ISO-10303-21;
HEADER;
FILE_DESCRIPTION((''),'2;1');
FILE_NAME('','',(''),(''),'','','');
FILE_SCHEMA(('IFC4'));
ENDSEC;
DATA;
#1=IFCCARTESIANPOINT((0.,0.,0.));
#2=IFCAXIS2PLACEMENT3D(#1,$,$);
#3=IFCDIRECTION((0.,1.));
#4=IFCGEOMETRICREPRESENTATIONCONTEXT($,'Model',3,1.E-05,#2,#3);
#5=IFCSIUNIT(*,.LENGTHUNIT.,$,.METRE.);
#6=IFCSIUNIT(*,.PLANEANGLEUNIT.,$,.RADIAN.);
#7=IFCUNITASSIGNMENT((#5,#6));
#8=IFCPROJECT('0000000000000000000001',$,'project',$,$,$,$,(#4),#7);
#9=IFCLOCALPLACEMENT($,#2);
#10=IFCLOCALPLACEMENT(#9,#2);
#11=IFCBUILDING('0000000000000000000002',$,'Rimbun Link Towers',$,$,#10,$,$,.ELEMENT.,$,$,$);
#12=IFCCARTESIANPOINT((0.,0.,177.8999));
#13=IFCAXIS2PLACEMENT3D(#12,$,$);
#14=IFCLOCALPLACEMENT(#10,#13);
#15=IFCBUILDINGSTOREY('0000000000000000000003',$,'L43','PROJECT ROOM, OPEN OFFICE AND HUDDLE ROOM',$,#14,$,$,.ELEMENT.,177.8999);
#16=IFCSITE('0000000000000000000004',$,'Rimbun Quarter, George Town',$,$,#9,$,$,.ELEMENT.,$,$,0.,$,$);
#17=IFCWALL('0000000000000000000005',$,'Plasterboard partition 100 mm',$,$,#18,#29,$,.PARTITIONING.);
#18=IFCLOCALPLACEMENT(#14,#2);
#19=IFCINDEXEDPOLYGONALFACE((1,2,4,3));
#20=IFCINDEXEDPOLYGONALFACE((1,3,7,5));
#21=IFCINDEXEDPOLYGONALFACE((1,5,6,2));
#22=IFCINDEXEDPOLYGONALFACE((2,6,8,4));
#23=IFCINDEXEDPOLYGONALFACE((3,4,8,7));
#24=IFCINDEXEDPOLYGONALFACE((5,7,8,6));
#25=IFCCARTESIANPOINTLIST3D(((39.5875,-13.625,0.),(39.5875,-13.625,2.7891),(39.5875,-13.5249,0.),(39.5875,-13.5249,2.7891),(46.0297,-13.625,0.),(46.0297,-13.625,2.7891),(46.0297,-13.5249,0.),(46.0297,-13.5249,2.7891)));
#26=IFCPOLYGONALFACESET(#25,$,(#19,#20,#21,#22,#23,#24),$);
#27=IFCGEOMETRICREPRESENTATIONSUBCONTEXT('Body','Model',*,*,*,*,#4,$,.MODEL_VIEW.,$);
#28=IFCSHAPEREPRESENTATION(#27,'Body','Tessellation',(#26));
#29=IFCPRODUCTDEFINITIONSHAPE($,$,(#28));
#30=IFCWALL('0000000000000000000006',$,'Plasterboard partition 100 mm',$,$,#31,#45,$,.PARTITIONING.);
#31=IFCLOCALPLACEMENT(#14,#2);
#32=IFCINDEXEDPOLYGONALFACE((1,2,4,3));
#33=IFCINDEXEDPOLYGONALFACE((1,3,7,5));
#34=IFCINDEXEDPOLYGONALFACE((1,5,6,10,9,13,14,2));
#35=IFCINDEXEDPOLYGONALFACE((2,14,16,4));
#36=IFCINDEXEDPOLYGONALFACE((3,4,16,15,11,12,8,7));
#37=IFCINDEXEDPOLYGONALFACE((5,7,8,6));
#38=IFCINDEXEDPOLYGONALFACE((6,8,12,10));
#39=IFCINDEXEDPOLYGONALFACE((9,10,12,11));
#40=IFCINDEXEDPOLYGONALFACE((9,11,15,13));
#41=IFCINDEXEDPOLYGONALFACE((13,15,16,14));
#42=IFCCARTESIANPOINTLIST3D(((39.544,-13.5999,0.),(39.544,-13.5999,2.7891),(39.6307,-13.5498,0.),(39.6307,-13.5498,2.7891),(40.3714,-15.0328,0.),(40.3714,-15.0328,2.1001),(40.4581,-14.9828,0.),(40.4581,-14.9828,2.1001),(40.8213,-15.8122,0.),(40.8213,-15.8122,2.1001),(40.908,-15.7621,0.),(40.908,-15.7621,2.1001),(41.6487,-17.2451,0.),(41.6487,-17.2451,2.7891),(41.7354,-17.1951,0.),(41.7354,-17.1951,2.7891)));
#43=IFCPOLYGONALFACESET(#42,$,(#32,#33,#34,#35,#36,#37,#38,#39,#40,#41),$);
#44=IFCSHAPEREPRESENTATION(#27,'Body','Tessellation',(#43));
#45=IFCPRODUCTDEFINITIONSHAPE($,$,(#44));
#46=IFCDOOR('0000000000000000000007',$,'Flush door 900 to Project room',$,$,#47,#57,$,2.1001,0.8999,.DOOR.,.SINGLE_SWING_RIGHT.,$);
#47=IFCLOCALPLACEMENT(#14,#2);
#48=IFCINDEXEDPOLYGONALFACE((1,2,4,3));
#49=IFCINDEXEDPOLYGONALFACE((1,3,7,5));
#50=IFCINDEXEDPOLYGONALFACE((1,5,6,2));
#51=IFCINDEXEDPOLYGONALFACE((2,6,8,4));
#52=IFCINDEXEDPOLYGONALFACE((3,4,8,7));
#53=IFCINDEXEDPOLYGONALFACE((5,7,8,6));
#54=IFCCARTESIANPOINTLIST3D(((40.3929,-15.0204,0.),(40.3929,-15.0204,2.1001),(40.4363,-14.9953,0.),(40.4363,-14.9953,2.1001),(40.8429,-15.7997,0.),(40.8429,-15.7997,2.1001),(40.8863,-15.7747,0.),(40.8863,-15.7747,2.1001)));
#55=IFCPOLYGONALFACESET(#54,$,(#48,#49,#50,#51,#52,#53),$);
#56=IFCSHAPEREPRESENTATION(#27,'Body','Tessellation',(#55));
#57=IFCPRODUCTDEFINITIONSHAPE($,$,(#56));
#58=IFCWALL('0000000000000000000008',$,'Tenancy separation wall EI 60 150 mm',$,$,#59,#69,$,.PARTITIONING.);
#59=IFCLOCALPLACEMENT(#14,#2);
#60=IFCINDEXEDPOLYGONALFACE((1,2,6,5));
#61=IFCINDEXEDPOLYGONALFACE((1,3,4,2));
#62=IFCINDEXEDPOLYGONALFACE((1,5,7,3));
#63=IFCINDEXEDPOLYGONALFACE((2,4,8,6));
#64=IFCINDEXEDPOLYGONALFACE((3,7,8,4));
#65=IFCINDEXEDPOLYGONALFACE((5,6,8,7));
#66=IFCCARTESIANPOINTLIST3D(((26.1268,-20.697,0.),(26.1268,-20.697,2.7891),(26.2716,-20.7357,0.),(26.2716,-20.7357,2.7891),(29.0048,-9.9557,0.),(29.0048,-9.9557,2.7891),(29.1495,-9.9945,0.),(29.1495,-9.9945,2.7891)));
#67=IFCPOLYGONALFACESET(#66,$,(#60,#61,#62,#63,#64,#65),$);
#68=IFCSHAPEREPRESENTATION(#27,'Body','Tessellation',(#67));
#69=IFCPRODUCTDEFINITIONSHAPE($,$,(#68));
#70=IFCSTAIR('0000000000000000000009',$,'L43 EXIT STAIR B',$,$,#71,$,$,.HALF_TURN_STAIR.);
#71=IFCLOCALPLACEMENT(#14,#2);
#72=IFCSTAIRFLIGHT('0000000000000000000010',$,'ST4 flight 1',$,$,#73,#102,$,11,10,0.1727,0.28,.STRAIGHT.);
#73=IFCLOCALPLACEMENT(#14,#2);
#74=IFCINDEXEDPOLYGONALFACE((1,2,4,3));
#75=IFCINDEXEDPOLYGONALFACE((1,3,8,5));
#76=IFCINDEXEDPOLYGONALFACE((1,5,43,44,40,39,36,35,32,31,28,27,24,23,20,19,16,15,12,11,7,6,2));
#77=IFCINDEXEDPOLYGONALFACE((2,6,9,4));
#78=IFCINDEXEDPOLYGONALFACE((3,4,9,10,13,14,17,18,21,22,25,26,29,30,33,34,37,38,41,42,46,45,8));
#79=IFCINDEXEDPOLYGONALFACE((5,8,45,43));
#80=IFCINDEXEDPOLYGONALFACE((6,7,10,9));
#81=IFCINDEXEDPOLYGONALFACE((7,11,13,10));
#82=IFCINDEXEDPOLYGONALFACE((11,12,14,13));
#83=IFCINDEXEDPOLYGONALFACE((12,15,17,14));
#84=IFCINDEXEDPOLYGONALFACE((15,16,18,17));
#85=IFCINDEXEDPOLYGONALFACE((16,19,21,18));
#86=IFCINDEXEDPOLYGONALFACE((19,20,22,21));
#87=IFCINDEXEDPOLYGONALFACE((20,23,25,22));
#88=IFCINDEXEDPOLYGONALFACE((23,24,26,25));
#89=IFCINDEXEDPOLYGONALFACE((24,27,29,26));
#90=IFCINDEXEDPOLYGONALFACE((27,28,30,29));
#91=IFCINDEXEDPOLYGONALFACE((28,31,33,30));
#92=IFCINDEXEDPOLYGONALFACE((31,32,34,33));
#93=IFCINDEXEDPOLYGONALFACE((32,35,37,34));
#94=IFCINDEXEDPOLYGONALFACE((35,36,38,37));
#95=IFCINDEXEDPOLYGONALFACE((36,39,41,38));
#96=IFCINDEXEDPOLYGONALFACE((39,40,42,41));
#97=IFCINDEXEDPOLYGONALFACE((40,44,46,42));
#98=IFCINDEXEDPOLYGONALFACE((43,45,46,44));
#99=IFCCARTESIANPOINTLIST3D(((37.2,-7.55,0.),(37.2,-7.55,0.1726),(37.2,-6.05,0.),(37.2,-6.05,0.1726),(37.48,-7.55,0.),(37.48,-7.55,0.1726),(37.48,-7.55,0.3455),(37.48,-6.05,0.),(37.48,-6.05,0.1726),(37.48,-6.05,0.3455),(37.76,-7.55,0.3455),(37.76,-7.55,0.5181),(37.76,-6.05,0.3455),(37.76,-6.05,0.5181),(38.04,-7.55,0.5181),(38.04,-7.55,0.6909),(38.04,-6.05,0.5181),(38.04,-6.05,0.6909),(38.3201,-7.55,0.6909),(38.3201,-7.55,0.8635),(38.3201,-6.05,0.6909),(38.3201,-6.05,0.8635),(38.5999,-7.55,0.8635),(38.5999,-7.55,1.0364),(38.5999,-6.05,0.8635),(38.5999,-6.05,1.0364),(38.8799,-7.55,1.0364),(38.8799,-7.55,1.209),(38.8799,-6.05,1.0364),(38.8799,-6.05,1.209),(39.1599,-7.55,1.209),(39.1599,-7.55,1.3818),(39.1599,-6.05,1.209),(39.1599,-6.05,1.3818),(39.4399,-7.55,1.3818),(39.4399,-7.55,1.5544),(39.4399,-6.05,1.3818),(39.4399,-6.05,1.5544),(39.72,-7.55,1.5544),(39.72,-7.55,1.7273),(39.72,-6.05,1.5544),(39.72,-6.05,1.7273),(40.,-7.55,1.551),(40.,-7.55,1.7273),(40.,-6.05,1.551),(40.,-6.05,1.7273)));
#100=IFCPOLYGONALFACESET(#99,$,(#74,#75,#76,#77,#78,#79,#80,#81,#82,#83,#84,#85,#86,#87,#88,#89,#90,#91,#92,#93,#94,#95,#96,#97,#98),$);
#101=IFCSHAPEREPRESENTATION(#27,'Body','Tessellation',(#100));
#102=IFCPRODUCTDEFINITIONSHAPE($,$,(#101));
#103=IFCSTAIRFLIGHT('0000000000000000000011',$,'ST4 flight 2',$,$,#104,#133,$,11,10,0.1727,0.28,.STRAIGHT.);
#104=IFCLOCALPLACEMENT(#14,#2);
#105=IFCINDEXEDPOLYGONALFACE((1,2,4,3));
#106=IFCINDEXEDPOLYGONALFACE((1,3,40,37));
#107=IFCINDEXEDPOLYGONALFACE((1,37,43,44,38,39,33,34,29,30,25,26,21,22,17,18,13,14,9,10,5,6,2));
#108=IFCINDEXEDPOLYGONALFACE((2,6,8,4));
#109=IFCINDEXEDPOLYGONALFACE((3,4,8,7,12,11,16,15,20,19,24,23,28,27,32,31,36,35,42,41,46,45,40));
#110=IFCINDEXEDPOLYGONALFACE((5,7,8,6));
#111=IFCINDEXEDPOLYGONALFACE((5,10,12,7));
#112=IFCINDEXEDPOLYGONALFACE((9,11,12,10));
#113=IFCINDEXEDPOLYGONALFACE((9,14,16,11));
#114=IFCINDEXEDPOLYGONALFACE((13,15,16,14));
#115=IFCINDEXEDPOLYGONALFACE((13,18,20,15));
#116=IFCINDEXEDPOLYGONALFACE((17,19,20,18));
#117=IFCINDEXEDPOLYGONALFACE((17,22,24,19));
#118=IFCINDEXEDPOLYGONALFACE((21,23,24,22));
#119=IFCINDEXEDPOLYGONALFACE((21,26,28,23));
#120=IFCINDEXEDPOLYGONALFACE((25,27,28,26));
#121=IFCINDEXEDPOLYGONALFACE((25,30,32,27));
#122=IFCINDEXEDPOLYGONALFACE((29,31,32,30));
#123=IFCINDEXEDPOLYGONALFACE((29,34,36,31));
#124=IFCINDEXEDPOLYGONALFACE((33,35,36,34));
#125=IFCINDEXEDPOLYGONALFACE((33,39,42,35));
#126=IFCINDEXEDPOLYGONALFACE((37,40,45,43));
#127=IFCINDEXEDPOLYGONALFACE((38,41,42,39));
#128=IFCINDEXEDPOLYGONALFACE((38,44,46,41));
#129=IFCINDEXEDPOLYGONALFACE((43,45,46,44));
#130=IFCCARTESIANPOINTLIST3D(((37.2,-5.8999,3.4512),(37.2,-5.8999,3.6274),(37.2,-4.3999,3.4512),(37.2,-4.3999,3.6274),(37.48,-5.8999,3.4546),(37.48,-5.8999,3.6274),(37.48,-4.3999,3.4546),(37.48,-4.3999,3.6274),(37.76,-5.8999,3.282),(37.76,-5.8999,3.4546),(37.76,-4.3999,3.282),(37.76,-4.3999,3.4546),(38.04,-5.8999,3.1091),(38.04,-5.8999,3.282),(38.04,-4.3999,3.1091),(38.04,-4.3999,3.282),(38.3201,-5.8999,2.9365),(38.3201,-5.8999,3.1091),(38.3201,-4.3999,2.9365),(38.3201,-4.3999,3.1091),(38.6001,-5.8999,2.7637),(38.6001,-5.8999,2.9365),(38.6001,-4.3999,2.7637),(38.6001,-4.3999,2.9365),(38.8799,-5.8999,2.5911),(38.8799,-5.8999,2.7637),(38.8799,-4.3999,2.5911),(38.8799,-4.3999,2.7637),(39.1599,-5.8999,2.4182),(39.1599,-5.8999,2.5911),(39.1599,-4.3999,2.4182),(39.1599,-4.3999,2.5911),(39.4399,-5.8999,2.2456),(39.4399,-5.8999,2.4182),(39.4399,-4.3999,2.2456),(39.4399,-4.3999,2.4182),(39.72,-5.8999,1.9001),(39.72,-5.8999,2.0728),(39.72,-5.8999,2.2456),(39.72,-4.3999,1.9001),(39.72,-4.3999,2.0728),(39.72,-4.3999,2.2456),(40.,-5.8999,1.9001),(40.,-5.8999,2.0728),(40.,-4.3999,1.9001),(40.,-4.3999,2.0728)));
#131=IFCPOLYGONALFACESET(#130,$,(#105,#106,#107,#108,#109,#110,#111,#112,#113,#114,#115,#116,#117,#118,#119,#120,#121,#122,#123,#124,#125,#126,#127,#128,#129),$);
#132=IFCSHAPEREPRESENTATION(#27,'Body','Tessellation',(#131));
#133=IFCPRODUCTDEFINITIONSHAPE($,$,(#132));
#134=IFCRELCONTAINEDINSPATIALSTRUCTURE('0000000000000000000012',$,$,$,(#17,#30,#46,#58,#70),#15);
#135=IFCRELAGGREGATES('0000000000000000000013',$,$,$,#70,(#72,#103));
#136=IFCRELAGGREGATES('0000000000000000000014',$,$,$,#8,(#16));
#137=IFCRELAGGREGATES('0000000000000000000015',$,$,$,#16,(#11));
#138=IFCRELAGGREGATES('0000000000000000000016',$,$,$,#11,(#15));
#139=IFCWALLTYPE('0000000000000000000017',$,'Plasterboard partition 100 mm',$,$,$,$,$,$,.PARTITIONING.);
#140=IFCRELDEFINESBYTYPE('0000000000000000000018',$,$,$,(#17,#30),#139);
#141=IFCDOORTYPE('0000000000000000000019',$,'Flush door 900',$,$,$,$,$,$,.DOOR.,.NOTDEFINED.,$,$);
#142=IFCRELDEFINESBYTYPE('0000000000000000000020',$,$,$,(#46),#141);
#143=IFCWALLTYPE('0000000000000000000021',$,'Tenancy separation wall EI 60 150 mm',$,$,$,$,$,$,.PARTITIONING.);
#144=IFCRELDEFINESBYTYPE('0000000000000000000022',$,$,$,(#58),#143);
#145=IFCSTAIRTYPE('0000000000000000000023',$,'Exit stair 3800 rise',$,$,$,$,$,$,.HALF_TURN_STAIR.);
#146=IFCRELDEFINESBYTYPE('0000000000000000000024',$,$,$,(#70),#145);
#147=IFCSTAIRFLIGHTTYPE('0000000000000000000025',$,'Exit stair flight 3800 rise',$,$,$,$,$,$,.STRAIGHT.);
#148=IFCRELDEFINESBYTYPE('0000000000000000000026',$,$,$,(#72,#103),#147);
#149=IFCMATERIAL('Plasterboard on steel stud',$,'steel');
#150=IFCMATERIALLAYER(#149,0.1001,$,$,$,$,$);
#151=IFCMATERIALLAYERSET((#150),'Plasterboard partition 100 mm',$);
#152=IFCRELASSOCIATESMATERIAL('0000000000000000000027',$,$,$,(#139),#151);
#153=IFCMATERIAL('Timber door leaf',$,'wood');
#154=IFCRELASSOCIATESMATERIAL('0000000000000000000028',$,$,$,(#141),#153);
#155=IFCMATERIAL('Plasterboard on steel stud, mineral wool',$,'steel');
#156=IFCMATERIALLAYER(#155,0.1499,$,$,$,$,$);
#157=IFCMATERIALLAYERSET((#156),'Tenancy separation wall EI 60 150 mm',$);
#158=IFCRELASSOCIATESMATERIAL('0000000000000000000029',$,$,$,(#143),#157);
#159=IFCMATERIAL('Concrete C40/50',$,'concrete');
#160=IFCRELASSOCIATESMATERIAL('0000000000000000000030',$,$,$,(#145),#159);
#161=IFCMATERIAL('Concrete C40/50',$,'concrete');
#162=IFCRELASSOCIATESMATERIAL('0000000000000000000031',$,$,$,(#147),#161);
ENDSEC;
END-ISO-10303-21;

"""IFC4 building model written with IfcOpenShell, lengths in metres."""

from ifc_helpers import new_model, si_unit, direction, frame, frame_2d, origin, place, context, subcontext, project, spatial, polyline, rectangle, outline, extrude, material, layer, layer_set, type_object, element, fill, aggregate, save


model = new_model("IFC4")

# Units and contexts
model_context = context("Model", 3, precision=1e-05, world=origin(), true_north=direction((0.0, 1.0)))
body_context = subcontext(model_context, "Body", "Model", "MODEL_VIEW")
ifc_project = project(units=[si_unit("LENGTHUNIT", "METRE"), si_unit("PLANEANGLEUNIT", "RADIAN")], contexts=[model_context])

# Site, building, storey
site_placement = place(None, origin())
site = spatial("IfcSite", under=ifc_project, at=site_placement, Name="Rimbun Quarter, George Town", CompositionType="ELEMENT", RefElevation=0.0)
building_placement = place(site_placement, origin())
building = spatial("IfcBuilding", under=site, at=building_placement, Name="Rimbun Link Towers", CompositionType="ELEMENT")
storey_placement = place(building_placement, frame((0.0, 0.0, 177.8999)))
storey = spatial("IfcBuildingStorey", under=building, at=storey_placement, Name="L43", Description="PROJECT ROOM, OPEN OFFICE AND HUDDLE ROOM", CompositionType="ELEMENT", Elevation=177.8999)

# Shared definitions
ifc_material_1 = material(Name="Plasterboard on steel stud", Category="steel")
ifc_layer_1 = layer(ifc_material_1, 0.1001)
ifc_layer_set_1 = layer_set([ifc_layer_1], Name="Plasterboard partition 100 mm")
wall_type_1 = type_object("IfcWallType", Name="Plasterboard partition 100 mm", PredefinedType="PARTITIONING", material=ifc_layer_set_1)
ifc_material_2 = material(Name="Timber door leaf", Category="wood")
door_type_1 = type_object("IfcDoorType", Name="Flush door 900", OperationType="NOTDEFINED", PredefinedType="DOOR", material=ifc_material_2)

# Wall
wall_1_placement = place(storey_placement, frame((39.5874, -13.575, 0.0), z_axis=(0.0, 0.0, 1.0), x_axis=(1.0, 0.0, 0.0)))
element("IfcWall", 1, at=wall_1_placement, inside=storey, type_object=wall_type_1, Name="Plasterboard partition 100 mm", PredefinedType="PARTITIONING", context=body_context, shape_type="SweptSolid", body=[
    extrude(rectangle(XDim=6.4421, YDim=0.1001, at=frame_2d((3.2212, 0.0))), origin(), (0.0, 0.0, 1.0), 2.7891),
])

# Wall, opening, door
wall_2_placement = place(storey_placement, frame((39.5874, -13.575, 0.0), z_axis=(0.0, 0.0, 1.0), x_axis=(0.500025, -0.866011, 0.0)))
wall_2 = element("IfcWall", 2, at=wall_2_placement, inside=storey, type_object=wall_type_1, Name="Plasterboard partition 100 mm", PredefinedType="PARTITIONING", context=body_context, shape_type="SweptSolid", body=[
    extrude(rectangle(XDim=4.2092, YDim=0.1001, at=frame_2d((2.1045, 0.0))), origin(), (0.0, 0.0, 1.0), 2.7891),
])
opening_1_placement = place(wall_2_placement, frame((1.6545, 0.0, 0.0)))
opening_1 = element("IfcOpeningElement", 3, at=opening_1_placement, cuts=wall_2, PredefinedType="OPENING", context=body_context, shape_type="SweptSolid", body=[
    extrude(rectangle(XDim=0.8999, YDim=2.1001, at=frame_2d((0.45, 1.05))), frame((0.0, 0.0601, 0.0), z_axis=(0.0, -1.0, 0.0), x_axis=(1.0, 0.0, 0.0)), (0.0, 0.0, 1.0), 0.1201),
])
door_1_placement = place(opening_1_placement, origin())
door_1 = element("IfcDoor", 4, at=door_1_placement, inside=storey, type_object=door_type_1, Name="Flush door 900 to Project room", OperationType="SINGLE_SWING_RIGHT", OverallHeight=2.1001, OverallWidth=0.8999, PredefinedType="DOOR", context=body_context, shape_type="SweptSolid", body=[
    extrude(rectangle(XDim=0.8999, YDim=2.1001, at=frame_2d((0.45, 1.05))), frame((0.0, 0.0249, 0.0), z_axis=(0.0, -1.0, 0.0), x_axis=(1.0, 0.0, 0.0)), (0.0, 0.0, 1.0), 0.05),
])
fill(opening_1, door_1)

# Wall
ifc_material_3 = material(Name="Plasterboard on steel stud, mineral wool", Category="steel")
ifc_layer_2 = layer(ifc_material_3, 0.1499)
ifc_layer_set_2 = layer_set([ifc_layer_2], Name="Tenancy separation wall EI 60 150 mm")
wall_type_2 = type_object("IfcWallType", Name="Tenancy separation wall EI 60 150 mm", PredefinedType="PARTITIONING", material=ifc_layer_set_2)
wall_3_placement = place(storey_placement, frame((29.0771, -9.9751, 0.0), z_axis=(0.0, 0.0, 1.0), x_axis=(-0.258805, -0.96593, 0.0)))
element("IfcWall", 5, at=wall_3_placement, inside=storey, type_object=wall_type_2, Name="Tenancy separation wall EI 60 150 mm", PredefinedType="PARTITIONING", context=body_context, shape_type="SweptSolid", body=[
    extrude(rectangle(XDim=11.1201, YDim=0.1499, at=frame_2d((5.5601, 0.0))), origin(), (0.0, 0.0, 1.0), 2.7891),
])

# Stair, stair flights
ifc_material_4 = material(Name="Concrete C40/50", Category="concrete")
stair_type = type_object("IfcStairType", Name="Exit stair 3800 rise", PredefinedType="HALF_TURN_STAIR", material=ifc_material_4)
stair_placement = place(storey_placement, origin())
stair = element("IfcStair", 6, at=stair_placement, inside=storey, type_object=stair_type, Name="L43 EXIT STAIR B", PredefinedType="HALF_TURN_STAIR")
ifc_material_5 = material(Name="Concrete C40/50", Category="concrete")
stair_flight_type = type_object("IfcStairFlightType", Name="Exit stair flight 3800 rise", PredefinedType="STRAIGHT", material=ifc_material_5)
stair_flight_1_placement = place(storey_placement, frame((37.2, -6.8, 0.0), z_axis=(0.0, 0.0, 1.0), x_axis=(1.0, 0.0, 0.0)))
stair_flight_1 = element("IfcStairFlight", 7, at=stair_flight_1_placement, type_object=stair_flight_type, Name="ST4 flight 1", NumberOfRisers=11, NumberOfTreads=10, PredefinedType="STRAIGHT", RiserHeight=0.1727, TreadLength=0.28, context=body_context, shape_type="SweptSolid", body=[
    extrude(outline(polyline([(0.0, 0.0), (0.0, 0.1726), (0.28, 0.1726), (0.28, 0.3455), (0.5601, 0.3455), (0.5601, 0.5181), (0.8401, 0.5181), (0.8401, 0.6909), (1.1201, 0.6909), (1.1201, 0.8635), (1.3999, 0.8635), (1.3999, 1.0364), (1.6799, 1.0364), (1.6799, 1.209), (1.96, 1.209), (1.96, 1.3818), (2.24, 1.3818), (2.24, 1.5544), (2.52, 1.5544), (2.52, 1.7273), (2.8, 1.7273), (2.8, 1.8999), (2.8, 1.551), (0.28, 0.0), (0.0, 0.0)])), frame((0.0, 0.75, 0.0), z_axis=(0.0, -1.0, 0.0), x_axis=(1.0, 0.0, 0.0)), (0.0, 0.0, 1.0), 1.5),
])
stair_flight_2_placement = place(storey_placement, frame((40.0, -5.1499, 1.9001), z_axis=(0.0, 0.0, 1.0), x_axis=(-1.0, 0.0, 0.0)))
stair_flight_2 = element("IfcStairFlight", 8, at=stair_flight_2_placement, type_object=stair_flight_type, Name="ST4 flight 2", NumberOfRisers=11, NumberOfTreads=10, PredefinedType="STRAIGHT", RiserHeight=0.1727, TreadLength=0.28, context=body_context, shape_type="SweptSolid", body=[
    extrude(outline(polyline([(0.0, 0.0), (0.0, 0.1726), (0.28, 0.1726), (0.28, 0.3455), (0.5601, 0.3455), (0.5601, 0.5181), (0.8401, 0.5181), (0.8401, 0.6909), (1.1201, 0.6909), (1.1201, 0.8635), (1.3999, 0.8635), (1.3999, 1.0364), (1.6799, 1.0364), (1.6799, 1.209), (1.96, 1.209), (1.96, 1.3818), (2.24, 1.3818), (2.24, 1.5544), (2.52, 1.5544), (2.52, 1.7273), (2.8, 1.7273), (2.8, 1.8999), (2.8, 1.551), (0.28, 0.0), (0.0, 0.0)])), frame((0.0, 0.75, 0.0), z_axis=(0.0, -1.0, 0.0), x_axis=(1.0, 0.0, 0.0)), (0.0, 0.0, 1.0), 1.5),
])
aggregate(stair, [stair_flight_1, stair_flight_2])

save(model, "model.ifc")
